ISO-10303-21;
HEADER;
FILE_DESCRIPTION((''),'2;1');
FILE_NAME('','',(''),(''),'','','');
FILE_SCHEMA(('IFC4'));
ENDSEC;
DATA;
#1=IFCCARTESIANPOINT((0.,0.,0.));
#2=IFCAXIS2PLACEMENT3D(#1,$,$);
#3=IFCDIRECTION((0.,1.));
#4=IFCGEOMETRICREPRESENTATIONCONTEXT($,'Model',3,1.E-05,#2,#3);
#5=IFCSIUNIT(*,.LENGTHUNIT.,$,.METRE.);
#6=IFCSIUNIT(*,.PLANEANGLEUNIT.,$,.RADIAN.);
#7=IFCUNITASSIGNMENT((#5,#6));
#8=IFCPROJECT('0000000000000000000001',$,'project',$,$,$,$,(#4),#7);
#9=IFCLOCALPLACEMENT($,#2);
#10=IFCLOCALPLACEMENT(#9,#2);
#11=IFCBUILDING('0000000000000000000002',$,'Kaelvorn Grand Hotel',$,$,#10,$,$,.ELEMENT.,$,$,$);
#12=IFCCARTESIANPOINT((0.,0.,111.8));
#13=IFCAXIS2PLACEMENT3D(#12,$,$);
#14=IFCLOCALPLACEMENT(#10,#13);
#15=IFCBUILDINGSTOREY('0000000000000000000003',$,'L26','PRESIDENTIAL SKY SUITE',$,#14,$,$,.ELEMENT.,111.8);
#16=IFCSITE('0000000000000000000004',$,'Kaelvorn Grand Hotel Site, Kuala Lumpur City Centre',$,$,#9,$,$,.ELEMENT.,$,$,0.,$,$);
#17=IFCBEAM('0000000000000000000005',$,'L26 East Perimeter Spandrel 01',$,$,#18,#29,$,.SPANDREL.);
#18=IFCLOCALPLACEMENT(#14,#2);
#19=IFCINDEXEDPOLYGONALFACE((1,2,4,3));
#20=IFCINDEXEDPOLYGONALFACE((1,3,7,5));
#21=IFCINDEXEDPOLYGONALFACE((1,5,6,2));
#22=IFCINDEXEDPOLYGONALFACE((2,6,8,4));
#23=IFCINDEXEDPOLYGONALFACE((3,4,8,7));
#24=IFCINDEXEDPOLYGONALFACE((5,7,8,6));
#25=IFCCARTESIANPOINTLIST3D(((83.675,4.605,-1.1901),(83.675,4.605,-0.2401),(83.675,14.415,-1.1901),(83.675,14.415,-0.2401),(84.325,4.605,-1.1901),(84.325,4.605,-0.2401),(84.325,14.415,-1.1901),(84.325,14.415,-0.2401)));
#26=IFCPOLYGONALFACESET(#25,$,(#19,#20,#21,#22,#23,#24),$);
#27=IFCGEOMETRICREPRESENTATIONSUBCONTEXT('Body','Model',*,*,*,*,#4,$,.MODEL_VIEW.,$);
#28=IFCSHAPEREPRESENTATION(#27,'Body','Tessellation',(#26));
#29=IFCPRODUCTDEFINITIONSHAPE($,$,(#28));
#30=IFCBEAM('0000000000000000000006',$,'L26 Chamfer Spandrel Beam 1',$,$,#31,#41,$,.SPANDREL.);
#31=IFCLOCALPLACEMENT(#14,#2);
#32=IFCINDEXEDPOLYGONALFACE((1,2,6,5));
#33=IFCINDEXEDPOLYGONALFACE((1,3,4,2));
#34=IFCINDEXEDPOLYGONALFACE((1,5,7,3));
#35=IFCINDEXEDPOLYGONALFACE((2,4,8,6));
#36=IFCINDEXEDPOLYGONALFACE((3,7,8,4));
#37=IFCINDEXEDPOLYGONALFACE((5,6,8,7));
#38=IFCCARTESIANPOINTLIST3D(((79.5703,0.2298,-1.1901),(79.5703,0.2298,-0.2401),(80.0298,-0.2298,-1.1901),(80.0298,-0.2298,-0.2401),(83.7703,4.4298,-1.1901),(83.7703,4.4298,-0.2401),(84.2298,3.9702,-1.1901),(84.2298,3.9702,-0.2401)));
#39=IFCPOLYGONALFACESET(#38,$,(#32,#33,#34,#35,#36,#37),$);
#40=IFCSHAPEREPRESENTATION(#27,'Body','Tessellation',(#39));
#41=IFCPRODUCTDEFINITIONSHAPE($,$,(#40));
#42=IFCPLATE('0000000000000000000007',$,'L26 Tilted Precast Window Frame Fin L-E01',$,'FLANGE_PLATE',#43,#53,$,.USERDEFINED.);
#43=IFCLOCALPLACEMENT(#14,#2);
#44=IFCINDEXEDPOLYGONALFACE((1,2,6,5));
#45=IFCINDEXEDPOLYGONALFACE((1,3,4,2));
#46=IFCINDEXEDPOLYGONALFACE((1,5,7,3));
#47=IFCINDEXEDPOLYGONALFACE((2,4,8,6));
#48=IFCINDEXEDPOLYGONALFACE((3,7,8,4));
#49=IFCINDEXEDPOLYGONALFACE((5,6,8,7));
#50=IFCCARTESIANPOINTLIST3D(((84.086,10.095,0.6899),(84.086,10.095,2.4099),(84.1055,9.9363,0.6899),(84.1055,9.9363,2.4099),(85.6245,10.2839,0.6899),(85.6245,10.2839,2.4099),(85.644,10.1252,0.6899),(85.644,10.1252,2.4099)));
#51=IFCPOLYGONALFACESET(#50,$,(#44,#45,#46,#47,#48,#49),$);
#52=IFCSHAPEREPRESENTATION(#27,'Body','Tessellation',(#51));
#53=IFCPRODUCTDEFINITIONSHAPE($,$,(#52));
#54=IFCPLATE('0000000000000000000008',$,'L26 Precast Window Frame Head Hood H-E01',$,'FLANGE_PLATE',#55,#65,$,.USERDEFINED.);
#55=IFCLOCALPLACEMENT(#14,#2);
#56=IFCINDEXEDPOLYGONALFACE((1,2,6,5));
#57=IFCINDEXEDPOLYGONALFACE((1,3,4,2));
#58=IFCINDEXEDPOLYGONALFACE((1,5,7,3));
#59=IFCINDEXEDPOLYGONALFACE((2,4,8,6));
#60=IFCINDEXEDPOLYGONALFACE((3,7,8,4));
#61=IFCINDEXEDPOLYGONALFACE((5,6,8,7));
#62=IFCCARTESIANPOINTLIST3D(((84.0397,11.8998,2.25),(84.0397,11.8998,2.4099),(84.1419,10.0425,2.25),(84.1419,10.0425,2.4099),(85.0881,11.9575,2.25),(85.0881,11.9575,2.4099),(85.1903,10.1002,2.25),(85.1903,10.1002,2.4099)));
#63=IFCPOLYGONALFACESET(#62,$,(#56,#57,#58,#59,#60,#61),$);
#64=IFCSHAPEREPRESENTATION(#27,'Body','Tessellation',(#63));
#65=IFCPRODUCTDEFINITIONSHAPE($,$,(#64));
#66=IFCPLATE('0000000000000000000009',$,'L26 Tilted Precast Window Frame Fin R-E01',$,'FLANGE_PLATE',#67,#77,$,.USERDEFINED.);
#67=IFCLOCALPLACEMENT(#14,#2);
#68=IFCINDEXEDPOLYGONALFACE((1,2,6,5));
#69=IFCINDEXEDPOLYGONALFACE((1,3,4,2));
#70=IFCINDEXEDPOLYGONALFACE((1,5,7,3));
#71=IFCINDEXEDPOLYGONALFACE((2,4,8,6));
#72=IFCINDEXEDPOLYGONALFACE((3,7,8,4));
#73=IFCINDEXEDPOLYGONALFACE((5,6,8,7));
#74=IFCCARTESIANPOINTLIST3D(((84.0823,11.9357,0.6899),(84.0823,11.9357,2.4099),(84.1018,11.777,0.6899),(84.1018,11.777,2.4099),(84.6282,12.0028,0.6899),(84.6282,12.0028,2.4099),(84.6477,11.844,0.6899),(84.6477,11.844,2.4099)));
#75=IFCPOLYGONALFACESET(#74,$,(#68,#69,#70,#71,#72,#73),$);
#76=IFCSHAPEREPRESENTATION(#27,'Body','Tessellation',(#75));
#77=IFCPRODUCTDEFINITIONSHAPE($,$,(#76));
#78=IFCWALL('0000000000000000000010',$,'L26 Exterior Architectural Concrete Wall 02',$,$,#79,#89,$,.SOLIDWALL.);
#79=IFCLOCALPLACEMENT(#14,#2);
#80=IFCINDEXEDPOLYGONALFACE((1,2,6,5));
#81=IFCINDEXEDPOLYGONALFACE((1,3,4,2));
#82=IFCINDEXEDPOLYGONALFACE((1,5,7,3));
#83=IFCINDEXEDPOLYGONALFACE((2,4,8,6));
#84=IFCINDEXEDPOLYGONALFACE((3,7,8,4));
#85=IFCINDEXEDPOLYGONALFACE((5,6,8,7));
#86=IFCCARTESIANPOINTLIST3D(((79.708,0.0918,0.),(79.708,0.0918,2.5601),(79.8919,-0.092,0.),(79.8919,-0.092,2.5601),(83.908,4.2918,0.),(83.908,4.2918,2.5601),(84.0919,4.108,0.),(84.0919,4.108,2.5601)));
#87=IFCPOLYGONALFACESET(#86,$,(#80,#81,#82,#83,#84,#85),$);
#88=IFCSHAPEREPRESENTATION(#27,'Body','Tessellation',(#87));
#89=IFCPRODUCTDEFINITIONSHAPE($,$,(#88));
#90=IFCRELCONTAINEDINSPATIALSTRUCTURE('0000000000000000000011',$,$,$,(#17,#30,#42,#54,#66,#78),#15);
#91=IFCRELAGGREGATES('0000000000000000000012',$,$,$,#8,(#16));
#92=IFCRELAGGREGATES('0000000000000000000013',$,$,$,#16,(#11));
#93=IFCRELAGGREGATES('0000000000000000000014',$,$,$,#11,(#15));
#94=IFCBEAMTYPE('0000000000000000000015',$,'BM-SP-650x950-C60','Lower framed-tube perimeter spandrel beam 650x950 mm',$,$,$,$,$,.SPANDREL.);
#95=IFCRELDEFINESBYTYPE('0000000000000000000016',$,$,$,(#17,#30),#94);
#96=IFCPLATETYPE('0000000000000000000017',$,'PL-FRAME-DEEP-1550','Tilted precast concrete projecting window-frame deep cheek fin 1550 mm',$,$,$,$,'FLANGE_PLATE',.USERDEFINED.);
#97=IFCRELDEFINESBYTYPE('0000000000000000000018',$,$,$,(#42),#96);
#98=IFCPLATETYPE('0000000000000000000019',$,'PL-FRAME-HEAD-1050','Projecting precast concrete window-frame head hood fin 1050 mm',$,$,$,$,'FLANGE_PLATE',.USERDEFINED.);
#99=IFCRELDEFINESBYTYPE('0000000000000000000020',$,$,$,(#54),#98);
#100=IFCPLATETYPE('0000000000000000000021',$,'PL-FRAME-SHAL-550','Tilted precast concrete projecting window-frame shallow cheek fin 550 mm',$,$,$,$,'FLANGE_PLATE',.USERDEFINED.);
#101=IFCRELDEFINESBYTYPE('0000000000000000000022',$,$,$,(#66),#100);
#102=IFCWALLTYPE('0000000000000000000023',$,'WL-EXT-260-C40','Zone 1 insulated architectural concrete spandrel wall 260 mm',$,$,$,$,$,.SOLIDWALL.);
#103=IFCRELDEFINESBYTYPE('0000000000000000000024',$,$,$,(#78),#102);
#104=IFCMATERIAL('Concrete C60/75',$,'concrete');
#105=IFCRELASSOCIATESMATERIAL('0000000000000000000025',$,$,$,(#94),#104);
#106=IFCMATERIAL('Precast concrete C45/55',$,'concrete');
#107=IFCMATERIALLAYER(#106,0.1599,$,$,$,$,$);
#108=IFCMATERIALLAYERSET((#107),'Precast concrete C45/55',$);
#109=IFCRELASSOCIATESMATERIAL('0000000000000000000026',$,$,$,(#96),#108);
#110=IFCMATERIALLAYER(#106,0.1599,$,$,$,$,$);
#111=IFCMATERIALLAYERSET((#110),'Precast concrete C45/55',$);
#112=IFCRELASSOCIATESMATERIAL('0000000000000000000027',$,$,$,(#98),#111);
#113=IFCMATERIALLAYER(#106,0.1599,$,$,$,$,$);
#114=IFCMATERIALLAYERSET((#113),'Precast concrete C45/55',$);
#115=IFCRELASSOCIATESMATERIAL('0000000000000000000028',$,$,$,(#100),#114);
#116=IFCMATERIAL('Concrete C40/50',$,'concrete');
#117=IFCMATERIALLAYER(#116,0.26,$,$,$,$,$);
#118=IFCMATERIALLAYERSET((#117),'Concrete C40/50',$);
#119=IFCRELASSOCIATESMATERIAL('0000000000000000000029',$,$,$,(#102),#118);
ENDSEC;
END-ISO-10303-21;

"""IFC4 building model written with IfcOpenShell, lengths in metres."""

from ifc_helpers import new_model, si_unit, direction, frame, frame_2d, origin, origin_2d, place, context, subcontext, project, spatial, rectangle, extrude, material, layer, layer_set, material_profile, profile_set, type_object, element, save


model = new_model("IFC4")

# Units and contexts
model_context = context("Model", 3, precision=1e-05, world=origin(), true_north=direction((0.0, 1.0)))
body_context = subcontext(model_context, "Body", "Model", "MODEL_VIEW")
ifc_project = project(units=[si_unit("LENGTHUNIT", "METRE"), si_unit("PLANEANGLEUNIT", "RADIAN")], contexts=[model_context])

# Site, building, storey
site_placement = place(None, origin())
site = spatial("IfcSite", under=ifc_project, at=site_placement, Name="Kaelvorn Grand Hotel Site, Kuala Lumpur City Centre", CompositionType="ELEMENT", RefElevation=0.0)
building_placement = place(site_placement, origin())
building = spatial("IfcBuilding", under=site, at=building_placement, Name="Kaelvorn Grand Hotel", CompositionType="ELEMENT")
storey_placement = place(building_placement, frame((0.0, 0.0, 111.8)))
storey = spatial("IfcBuildingStorey", under=building, at=storey_placement, Name="L26", Description="PRESIDENTIAL SKY SUITE", CompositionType="ELEMENT", Elevation=111.8)

# Shared definitions
ifc_material_1 = material(Name="Concrete C60/75", Category="concrete")

# Beams
ifc_material_2 = material(Name="Concrete C40/50", Category="concrete")
ifc_material_profile_1 = material_profile(ifc_material_1, rectangle(XDim=0.6499, YDim=0.95, at=origin_2d()), Name="RC SPANDREL 650x950")
ifc_profile_set_1 = profile_set([ifc_material_profile_1], Name="Concrete C60/75")
beam_type_1 = type_object("IfcBeamType", Name="BM-SP-650x950-C60", Description="Lower framed-tube perimeter spandrel beam 650x950 mm", PredefinedType="SPANDREL", material=ifc_profile_set_1)
beam_1_placement = place(storey_placement, frame((84.0, 4.605, -0.7151), z_axis=(0.0, 1.0, 0.0), x_axis=(-1.0, 0.0, 0.0)))
element("IfcBeam", 1, at=beam_1_placement, inside=storey, type_object=beam_type_1, Name="L26 East Perimeter Spandrel 01", PredefinedType="SPANDREL", context=body_context, shape_type="SweptSolid", body=[
    extrude(rectangle(XDim=0.6499, YDim=0.95, at=origin_2d()), origin(), (0.0, 0.0, 1.0), 9.8101),
])
beam_2_placement = place(storey_placement, frame((79.8, 0.0, -0.7151), z_axis=(0.707107, 0.707107, 0.0), x_axis=(-0.707107, 0.707107, 0.0)))
element("IfcBeam", 2, at=beam_2_placement, inside=storey, type_object=beam_type_1, Name="L26 Chamfer Spandrel Beam 1", PredefinedType="SPANDREL", context=body_context, shape_type="SweptSolid", body=[
    extrude(rectangle(XDim=0.6499, YDim=0.95, at=origin_2d()), origin(), (0.0, 0.0, 1.0), 5.9397),
])

# Plates
ifc_material_3 = material(Name="Precast concrete C45/55", Category="concrete")
ifc_layer_1 = layer(ifc_material_3, 0.1599)
ifc_layer_set_1 = layer_set([ifc_layer_1], Name="Precast concrete C45/55")
plate_type_1 = type_object("IfcPlateType", Name="PL-FRAME-DEEP-1550", Description="Tilted precast concrete projecting window-frame deep cheek fin 1550 mm", ElementType="FLANGE_PLATE", PredefinedType="USERDEFINED", material=ifc_layer_set_1)
plate_1_placement = place(storey_placement, frame((84.865, 10.1101, 0.6899), z_axis=(0.0, 0.0, 1.0), x_axis=(-0.121869, 0.992546, 0.0)))
element("IfcPlate", 3, at=plate_1_placement, inside=storey, type_object=plate_type_1, Name="L26 Tilted Precast Window Frame Fin L-E01", ObjectType="FLANGE_PLATE", PredefinedType="USERDEFINED", context=body_context, shape_type="SweptSolid", body=[
    extrude(rectangle(XDim=0.1599, YDim=1.55, at=origin_2d()), origin(), (0.0, 0.0, 1.0), 1.72),
])
ifc_layer_2 = layer(ifc_material_3, 0.1599)
ifc_layer_set_2 = layer_set([ifc_layer_2], Name="Precast concrete C45/55")
plate_type_2 = type_object("IfcPlateType", Name="PL-FRAME-HEAD-1050", Description="Projecting precast concrete window-frame head hood fin 1050 mm", ElementType="FLANGE_PLATE", PredefinedType="USERDEFINED", material=ifc_layer_set_2)
plate_2_placement = place(storey_placement, frame((84.615, 11.0, 2.25), z_axis=(0.0, 0.0, 1.0), x_axis=(-0.05495, 0.998489, 0.0)))
element("IfcPlate", 4, at=plate_2_placement, inside=storey, type_object=plate_type_2, Name="L26 Precast Window Frame Head Hood H-E01", ObjectType="FLANGE_PLATE", PredefinedType="USERDEFINED", context=body_context, shape_type="SweptSolid", body=[
    extrude(rectangle(XDim=1.8601, YDim=1.05, at=origin_2d()), origin(), (0.0, 0.0, 1.0), 0.1599),
])
ifc_layer_3 = layer(ifc_material_3, 0.1599)
ifc_layer_set_3 = layer_set([ifc_layer_3], Name="Precast concrete C45/55")
plate_type_3 = type_object("IfcPlateType", Name="PL-FRAME-SHAL-550", Description="Tilted precast concrete projecting window-frame shallow cheek fin 550 mm", ElementType="FLANGE_PLATE", PredefinedType="USERDEFINED", material=ifc_layer_set_3)
plate_3_placement = place(storey_placement, frame((84.365, 11.8899, 0.6899), z_axis=(0.0, 0.0, 1.0), x_axis=(-0.121869, 0.992546, 0.0)))
element("IfcPlate", 5, at=plate_3_placement, inside=storey, type_object=plate_type_3, Name="L26 Tilted Precast Window Frame Fin R-E01", ObjectType="FLANGE_PLATE", PredefinedType="USERDEFINED", context=body_context, shape_type="SweptSolid", body=[
    extrude(rectangle(XDim=0.1599, YDim=0.55, at=origin_2d()), origin(), (0.0, 0.0, 1.0), 1.72),
])

# Wall
ifc_layer_4 = layer(ifc_material_2, 0.26)
ifc_layer_set_4 = layer_set([ifc_layer_4], Name="Concrete C40/50")
wall_type_1 = type_object("IfcWallType", Name="WL-EXT-260-C40", Description="Zone 1 insulated architectural concrete spandrel wall 260 mm", PredefinedType="SOLIDWALL", material=ifc_layer_set_4)
wall_1_placement = place(storey_placement, frame((79.8, 0.0, 0.0), z_axis=(0.0, 0.0, 1.0), x_axis=(0.707107, 0.707107, 0.0)))
element("IfcWall", 6, at=wall_1_placement, inside=storey, type_object=wall_type_1, Name="L26 Exterior Architectural Concrete Wall 02", PredefinedType="SOLIDWALL", context=body_context, shape_type="SweptSolid", body=[
    extrude(rectangle(XDim=5.9397, YDim=0.26, at=frame_2d((2.9697, 0.0))), origin(), (0.0, 0.0, 1.0), 2.5601),
])

save(model, "model.ifc")
